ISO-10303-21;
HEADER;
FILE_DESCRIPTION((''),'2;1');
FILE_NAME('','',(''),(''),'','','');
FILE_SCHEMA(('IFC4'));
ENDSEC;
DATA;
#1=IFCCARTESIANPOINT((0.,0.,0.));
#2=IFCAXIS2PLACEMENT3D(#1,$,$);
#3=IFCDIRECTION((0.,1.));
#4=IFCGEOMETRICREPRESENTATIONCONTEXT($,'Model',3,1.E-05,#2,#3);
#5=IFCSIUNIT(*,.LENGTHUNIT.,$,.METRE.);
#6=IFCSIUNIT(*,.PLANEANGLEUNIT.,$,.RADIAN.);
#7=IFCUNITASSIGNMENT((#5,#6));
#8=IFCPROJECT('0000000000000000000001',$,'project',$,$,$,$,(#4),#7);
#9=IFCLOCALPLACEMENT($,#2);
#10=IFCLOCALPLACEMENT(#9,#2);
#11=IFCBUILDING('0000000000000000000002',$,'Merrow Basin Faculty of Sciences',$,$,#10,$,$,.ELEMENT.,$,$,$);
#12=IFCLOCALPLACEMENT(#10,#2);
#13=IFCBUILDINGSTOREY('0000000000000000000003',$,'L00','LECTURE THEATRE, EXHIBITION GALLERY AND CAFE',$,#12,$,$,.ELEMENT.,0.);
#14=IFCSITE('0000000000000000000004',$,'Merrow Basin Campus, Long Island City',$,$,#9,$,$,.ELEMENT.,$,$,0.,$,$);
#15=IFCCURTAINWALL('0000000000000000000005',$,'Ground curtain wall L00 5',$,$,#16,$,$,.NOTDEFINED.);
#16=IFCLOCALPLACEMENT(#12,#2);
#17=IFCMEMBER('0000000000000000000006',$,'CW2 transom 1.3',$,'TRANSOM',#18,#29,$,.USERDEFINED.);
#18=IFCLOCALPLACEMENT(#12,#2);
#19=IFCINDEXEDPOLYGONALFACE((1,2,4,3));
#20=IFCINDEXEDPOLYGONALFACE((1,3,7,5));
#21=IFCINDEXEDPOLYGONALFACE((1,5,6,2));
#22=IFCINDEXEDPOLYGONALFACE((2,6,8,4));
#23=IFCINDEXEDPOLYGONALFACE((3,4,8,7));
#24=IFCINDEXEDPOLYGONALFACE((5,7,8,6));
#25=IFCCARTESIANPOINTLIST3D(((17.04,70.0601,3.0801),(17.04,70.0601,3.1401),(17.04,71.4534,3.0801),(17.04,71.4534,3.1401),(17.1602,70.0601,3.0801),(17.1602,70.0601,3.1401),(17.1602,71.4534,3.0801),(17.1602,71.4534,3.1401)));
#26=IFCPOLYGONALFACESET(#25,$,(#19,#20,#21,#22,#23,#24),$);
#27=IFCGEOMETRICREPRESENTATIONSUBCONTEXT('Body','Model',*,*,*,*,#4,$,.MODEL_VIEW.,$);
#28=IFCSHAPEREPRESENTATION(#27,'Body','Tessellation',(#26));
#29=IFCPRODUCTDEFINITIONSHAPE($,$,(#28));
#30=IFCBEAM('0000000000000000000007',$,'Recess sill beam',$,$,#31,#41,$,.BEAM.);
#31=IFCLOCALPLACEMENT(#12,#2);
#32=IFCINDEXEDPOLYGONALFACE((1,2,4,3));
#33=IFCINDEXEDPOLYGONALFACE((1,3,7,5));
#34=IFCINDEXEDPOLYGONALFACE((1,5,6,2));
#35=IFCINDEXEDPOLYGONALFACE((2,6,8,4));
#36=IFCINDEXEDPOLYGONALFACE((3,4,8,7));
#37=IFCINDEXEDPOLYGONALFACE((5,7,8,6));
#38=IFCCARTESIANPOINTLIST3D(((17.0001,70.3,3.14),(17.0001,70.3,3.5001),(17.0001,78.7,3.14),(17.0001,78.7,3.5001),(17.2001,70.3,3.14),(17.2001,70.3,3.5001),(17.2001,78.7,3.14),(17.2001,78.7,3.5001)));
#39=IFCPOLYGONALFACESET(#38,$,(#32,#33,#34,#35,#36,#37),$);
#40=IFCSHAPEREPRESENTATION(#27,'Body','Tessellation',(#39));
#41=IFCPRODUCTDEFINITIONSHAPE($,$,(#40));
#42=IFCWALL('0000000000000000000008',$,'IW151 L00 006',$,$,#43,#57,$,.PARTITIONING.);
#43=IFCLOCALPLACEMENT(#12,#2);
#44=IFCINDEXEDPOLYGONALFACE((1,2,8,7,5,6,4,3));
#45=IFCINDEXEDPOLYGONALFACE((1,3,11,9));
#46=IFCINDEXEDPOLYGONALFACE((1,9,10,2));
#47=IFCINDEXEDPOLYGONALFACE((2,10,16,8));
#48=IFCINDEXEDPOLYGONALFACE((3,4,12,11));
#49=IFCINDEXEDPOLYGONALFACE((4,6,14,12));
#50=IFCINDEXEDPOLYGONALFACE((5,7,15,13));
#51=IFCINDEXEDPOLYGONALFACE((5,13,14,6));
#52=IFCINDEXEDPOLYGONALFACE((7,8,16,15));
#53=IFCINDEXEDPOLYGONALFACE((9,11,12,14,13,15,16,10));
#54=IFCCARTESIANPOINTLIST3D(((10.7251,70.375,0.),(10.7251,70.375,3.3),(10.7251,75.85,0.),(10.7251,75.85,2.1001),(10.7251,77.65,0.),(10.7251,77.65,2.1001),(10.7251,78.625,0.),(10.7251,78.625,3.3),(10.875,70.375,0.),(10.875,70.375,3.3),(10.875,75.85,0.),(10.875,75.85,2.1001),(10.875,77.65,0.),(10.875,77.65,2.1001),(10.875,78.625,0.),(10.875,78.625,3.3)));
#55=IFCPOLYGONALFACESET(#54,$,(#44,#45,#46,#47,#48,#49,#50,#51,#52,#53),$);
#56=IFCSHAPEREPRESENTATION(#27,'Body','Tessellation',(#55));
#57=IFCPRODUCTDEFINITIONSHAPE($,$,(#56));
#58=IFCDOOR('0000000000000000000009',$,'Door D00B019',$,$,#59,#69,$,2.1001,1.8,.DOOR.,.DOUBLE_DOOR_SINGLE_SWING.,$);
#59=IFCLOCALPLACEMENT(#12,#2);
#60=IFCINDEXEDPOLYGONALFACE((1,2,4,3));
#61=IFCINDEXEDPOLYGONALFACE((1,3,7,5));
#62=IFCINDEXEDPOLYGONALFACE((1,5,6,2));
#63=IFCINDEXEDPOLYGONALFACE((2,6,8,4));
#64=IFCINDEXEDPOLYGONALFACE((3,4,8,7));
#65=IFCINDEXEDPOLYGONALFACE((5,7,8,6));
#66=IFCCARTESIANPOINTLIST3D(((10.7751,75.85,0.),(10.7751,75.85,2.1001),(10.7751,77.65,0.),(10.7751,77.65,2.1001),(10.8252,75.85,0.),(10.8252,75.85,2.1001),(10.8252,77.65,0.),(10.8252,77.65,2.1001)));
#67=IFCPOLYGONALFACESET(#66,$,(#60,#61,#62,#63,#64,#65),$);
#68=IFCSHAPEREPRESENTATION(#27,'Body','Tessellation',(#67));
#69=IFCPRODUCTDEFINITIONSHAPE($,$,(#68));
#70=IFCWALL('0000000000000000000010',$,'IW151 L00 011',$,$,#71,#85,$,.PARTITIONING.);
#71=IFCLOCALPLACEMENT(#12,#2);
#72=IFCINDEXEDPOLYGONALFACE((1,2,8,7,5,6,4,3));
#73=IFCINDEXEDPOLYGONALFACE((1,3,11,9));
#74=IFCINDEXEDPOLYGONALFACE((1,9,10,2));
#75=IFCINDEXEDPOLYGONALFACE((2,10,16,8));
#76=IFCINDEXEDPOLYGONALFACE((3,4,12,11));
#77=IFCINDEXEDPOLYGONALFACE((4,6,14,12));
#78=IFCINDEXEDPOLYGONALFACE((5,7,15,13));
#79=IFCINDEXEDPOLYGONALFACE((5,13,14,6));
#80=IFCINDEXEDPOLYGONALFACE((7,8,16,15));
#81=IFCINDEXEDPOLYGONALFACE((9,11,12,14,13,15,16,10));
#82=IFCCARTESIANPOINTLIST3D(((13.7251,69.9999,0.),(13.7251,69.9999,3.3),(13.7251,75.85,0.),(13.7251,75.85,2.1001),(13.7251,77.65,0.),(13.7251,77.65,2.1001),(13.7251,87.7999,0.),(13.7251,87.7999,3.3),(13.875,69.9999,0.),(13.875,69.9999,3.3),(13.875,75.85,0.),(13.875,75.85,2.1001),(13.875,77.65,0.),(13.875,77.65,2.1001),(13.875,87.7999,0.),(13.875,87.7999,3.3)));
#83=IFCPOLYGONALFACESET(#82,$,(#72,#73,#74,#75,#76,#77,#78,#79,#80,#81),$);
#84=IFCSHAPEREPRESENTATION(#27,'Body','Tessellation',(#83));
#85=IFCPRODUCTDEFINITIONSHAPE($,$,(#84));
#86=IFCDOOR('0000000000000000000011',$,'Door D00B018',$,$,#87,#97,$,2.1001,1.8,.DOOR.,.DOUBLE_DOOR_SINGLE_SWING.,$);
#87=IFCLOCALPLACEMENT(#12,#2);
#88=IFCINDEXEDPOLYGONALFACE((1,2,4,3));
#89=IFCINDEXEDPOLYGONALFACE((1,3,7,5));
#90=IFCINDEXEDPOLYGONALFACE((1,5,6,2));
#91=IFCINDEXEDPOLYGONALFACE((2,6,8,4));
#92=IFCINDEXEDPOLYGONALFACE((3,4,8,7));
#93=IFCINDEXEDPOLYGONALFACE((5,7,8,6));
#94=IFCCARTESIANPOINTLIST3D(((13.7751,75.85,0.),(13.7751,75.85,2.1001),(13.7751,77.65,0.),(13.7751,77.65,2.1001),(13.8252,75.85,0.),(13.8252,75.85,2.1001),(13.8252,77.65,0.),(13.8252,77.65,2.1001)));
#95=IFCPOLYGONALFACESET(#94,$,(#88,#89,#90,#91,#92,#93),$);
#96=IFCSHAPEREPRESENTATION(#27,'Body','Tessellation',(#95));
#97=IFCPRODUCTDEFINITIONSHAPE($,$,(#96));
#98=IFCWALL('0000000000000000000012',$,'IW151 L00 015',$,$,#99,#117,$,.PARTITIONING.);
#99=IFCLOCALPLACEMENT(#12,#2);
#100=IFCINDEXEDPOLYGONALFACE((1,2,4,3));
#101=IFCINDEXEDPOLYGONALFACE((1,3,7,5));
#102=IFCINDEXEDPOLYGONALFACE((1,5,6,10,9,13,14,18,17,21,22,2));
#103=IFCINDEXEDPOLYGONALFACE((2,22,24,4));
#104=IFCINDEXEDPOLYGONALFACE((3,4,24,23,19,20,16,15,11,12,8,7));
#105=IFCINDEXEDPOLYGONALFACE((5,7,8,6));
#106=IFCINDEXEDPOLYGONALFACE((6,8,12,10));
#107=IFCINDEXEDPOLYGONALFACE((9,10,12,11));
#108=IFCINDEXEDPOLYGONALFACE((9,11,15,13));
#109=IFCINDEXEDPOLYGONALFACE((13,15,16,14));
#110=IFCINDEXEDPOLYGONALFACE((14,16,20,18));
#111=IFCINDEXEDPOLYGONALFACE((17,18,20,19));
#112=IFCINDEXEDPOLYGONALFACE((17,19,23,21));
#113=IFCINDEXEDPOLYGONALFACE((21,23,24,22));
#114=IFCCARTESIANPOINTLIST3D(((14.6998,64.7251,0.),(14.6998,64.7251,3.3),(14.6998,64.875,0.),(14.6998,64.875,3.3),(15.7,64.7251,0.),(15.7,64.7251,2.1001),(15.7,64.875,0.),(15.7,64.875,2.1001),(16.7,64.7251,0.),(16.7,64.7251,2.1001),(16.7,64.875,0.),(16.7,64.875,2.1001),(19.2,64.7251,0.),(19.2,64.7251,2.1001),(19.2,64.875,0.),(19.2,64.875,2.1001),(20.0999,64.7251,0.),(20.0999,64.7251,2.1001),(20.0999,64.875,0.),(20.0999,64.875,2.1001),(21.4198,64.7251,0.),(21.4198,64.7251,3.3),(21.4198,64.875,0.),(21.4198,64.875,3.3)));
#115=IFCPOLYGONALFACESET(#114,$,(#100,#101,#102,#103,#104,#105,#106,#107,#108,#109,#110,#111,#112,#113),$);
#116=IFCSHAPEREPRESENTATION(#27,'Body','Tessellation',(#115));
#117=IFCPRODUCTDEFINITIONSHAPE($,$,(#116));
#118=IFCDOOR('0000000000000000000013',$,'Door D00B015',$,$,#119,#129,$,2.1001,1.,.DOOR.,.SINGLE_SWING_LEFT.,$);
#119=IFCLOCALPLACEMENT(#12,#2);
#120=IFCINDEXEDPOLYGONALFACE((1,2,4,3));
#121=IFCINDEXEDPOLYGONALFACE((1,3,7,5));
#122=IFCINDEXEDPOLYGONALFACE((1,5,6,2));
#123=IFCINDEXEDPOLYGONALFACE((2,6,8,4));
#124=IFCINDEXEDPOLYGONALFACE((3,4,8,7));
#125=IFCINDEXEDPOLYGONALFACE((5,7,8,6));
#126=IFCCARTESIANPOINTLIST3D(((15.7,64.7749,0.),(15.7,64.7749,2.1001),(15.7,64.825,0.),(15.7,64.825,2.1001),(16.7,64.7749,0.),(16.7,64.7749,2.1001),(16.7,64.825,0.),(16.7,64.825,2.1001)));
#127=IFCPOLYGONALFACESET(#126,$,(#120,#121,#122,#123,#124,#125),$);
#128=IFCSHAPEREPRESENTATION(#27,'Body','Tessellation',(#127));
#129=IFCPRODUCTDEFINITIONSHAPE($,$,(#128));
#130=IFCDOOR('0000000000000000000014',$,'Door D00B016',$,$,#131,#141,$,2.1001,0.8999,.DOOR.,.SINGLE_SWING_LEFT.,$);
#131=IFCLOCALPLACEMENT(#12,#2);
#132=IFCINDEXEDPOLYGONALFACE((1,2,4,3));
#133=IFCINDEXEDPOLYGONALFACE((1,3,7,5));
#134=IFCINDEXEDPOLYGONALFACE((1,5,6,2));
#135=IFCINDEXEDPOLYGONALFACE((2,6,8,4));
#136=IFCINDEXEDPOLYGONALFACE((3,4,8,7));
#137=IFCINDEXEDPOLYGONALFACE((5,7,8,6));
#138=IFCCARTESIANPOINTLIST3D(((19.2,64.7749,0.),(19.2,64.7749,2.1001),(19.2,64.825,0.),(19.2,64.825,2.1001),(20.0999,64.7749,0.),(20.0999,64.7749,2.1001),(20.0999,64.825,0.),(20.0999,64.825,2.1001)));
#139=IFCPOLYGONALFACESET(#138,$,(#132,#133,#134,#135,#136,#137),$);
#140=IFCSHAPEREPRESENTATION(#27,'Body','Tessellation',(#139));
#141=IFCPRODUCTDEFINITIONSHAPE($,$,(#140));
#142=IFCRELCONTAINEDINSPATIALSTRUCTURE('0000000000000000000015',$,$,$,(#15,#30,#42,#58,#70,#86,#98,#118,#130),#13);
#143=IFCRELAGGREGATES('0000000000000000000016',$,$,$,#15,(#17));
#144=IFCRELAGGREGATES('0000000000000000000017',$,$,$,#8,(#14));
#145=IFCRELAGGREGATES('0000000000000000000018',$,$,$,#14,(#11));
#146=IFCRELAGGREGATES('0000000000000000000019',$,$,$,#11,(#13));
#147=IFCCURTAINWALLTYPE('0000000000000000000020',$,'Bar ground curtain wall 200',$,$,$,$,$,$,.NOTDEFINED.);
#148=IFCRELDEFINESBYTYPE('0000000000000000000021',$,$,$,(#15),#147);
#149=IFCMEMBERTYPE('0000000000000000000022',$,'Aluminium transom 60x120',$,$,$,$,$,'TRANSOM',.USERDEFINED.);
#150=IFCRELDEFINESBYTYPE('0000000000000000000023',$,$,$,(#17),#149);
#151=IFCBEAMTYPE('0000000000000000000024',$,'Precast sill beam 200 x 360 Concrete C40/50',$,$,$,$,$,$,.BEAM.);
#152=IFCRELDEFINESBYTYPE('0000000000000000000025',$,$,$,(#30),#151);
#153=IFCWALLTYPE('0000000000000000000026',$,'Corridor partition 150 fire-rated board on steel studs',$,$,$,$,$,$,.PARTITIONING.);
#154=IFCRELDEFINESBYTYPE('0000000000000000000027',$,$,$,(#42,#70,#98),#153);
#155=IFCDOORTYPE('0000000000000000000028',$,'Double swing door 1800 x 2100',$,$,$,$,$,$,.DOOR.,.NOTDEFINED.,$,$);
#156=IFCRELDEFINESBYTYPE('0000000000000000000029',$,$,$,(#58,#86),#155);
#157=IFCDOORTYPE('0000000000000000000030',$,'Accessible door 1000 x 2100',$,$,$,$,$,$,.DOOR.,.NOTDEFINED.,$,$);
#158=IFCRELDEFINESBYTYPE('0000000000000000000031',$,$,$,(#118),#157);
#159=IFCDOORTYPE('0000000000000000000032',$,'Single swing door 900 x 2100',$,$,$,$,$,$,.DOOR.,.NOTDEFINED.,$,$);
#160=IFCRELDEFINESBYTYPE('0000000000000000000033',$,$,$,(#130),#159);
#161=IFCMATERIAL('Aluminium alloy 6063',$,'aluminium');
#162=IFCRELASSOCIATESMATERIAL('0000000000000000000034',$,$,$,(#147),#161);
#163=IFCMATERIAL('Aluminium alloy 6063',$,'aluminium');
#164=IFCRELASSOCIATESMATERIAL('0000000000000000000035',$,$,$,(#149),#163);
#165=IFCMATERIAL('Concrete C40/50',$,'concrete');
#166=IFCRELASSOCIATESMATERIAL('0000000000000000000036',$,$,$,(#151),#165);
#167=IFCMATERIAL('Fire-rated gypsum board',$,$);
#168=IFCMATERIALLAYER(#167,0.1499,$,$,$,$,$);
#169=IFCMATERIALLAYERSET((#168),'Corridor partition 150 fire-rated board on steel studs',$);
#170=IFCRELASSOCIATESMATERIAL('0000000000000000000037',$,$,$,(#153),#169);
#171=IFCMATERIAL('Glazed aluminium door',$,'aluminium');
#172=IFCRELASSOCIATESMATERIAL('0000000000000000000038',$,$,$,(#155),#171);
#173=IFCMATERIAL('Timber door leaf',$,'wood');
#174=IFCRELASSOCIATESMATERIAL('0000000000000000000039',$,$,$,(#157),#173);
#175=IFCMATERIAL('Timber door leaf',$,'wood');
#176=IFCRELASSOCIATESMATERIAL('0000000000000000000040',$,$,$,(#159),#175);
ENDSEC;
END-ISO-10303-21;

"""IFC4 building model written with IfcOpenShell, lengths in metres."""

from ifc_helpers import new_model, si_unit, direction, frame, frame_2d, origin, origin_2d, place, context, subcontext, project, spatial, rectangle, extrude, material, layer, layer_set, material_profile, profile_set, type_object, element, fill, aggregate, save


model = new_model("IFC4")

# Units and contexts
model_context = context("Model", 3, precision=1e-05, world=origin(), true_north=direction((0.0, 1.0)))
body_context = subcontext(model_context, "Body", "Model", "MODEL_VIEW")
ifc_project = project(units=[si_unit("LENGTHUNIT", "METRE"), si_unit("PLANEANGLEUNIT", "RADIAN")], contexts=[model_context])

# Site, building, storey
site_placement = place(None, origin())
site = spatial("IfcSite", under=ifc_project, at=site_placement, Name="Merrow Basin Campus, Long Island City", CompositionType="ELEMENT", RefElevation=0.0)
building_placement = place(site_placement, origin())
building = spatial("IfcBuilding", under=site, at=building_placement, Name="Merrow Basin Faculty of Sciences", CompositionType="ELEMENT")
storey_placement = place(building_placement, origin())
storey = spatial("IfcBuildingStorey", under=building, at=storey_placement, Name="L00", Description="LECTURE THEATRE, EXHIBITION GALLERY AND CAFE", CompositionType="ELEMENT", Elevation=0.0)

# Curtain wall, member
ifc_material_1 = material(Name="Aluminium alloy 6063", Category="aluminium")
curtain_wall_type = type_object("IfcCurtainWallType", Name="Bar ground curtain wall 200", PredefinedType="NOTDEFINED", material=ifc_material_1)
curtain_wall_placement = place(storey_placement, origin())
curtain_wall = element("IfcCurtainWall", 1, at=curtain_wall_placement, inside=storey, type_object=curtain_wall_type, Name="Ground curtain wall L00 5", PredefinedType="NOTDEFINED")
ifc_material_2 = material(Name="Aluminium alloy 6063", Category="aluminium")
ifc_material_profile_1 = material_profile(ifc_material_2, rectangle(XDim=0.1201, YDim=0.0601, at=origin_2d()))
ifc_profile_set_1 = profile_set([ifc_material_profile_1], Name="Aluminium alloy 6063")
member_type_1 = type_object("IfcMemberType", Name="Aluminium transom 60x120", ElementType="TRANSOM", PredefinedType="USERDEFINED", material=ifc_profile_set_1)
member_1_placement = place(storey_placement, frame((17.1001, 70.0601, 3.1101), z_axis=(0.0, 1.0, 0.0), x_axis=(-1.0, 0.0, 0.0)))
member_1 = element("IfcMember", 2, at=member_1_placement, type_object=member_type_1, Name="CW2 transom 1.3", ObjectType="TRANSOM", PredefinedType="USERDEFINED", context=body_context, shape_type="SweptSolid", body=[
    extrude(rectangle(XDim=0.1201, YDim=0.0601, at=origin_2d()), origin(), (0.0, 0.0, 1.0), 1.3933),
])
aggregate(curtain_wall, [member_1])

# Beam
ifc_material_3 = material(Name="Concrete C40/50", Category="concrete")
ifc_material_profile_2 = material_profile(ifc_material_3, rectangle(XDim=0.2, YDim=0.3601, at=origin_2d()))
ifc_profile_set_2 = profile_set([ifc_material_profile_2], Name="Concrete C40/50")
beam_type = type_object("IfcBeamType", Name="Precast sill beam 200 x 360 Concrete C40/50", PredefinedType="BEAM", material=ifc_profile_set_2)
beam_placement = place(storey_placement, frame((17.1001, 70.3, 3.3201), z_axis=(0.0, 1.0, 0.0), x_axis=(-1.0, 0.0, 0.0)))
element("IfcBeam", 3, at=beam_placement, inside=storey, type_object=beam_type, Name="Recess sill beam", PredefinedType="BEAM", context=body_context, shape_type="SweptSolid", body=[
    extrude(rectangle(XDim=0.2, YDim=0.3601, at=origin_2d()), origin(), (0.0, 0.0, 1.0), 8.3999),
])

# Walls, openings, doors
ifc_material_4 = material(Name="Fire-rated gypsum board")
ifc_layer_1 = layer(ifc_material_4, 0.1499)
ifc_layer_set_1 = layer_set([ifc_layer_1], Name="Corridor partition 150 fire-rated board on steel studs")
wall_type_1 = type_object("IfcWallType", Name="Corridor partition 150 fire-rated board on steel studs", PredefinedType="PARTITIONING", material=ifc_layer_set_1)
wall_1_placement = place(storey_placement, frame((10.8, 70.375, 0.0), z_axis=(0.0, 0.0, 1.0), x_axis=(0.0, 1.0, 0.0)))
wall_1 = element("IfcWall", 4, at=wall_1_placement, inside=storey, type_object=wall_type_1, Name="IW151 L00 006", PredefinedType="PARTITIONING", context=body_context, shape_type="SweptSolid", body=[
    extrude(rectangle(XDim=8.25, YDim=0.1499, at=frame_2d((4.125, 0.0))), origin(), (0.0, 0.0, 1.0), 3.3),
])
opening_1_placement = place(wall_1_placement, frame((5.4751, 0.0, 0.0)))
opening_1 = element("IfcOpeningElement", 5, at=opening_1_placement, cuts=wall_1, PredefinedType="OPENING", context=body_context, shape_type="SweptSolid", body=[
    extrude(rectangle(XDim=1.8, YDim=2.1001, at=frame_2d((0.8999, 1.05))), frame((0.0, 0.085, 0.0), z_axis=(0.0, -1.0, 0.0), x_axis=(1.0, 0.0, 0.0)), (0.0, 0.0, 1.0), 0.1699),
])
ifc_material_5 = material(Name="Glazed aluminium door", Category="aluminium")
door_type_1 = type_object("IfcDoorType", Name="Double swing door 1800 x 2100", OperationType="NOTDEFINED", PredefinedType="DOOR", material=ifc_material_5)
door_1_placement = place(opening_1_placement, origin())
door_1 = element("IfcDoor", 6, at=door_1_placement, inside=storey, type_object=door_type_1, Name="Door D00B019", OperationType="DOUBLE_DOOR_SINGLE_SWING", OverallHeight=2.1001, OverallWidth=1.8, PredefinedType="DOOR", context=body_context, shape_type="SweptSolid", body=[
    extrude(rectangle(XDim=1.8, YDim=2.1001, at=frame_2d((0.8999, 1.05))), frame((0.0, 0.0249, 0.0), z_axis=(0.0, -1.0, 0.0), x_axis=(1.0, 0.0, 0.0)), (0.0, 0.0, 1.0), 0.05),
])
fill(opening_1, door_1)
wall_2_placement = place(storey_placement, frame((13.8, 70.0, 0.0), z_axis=(0.0, 0.0, 1.0), x_axis=(0.0, 1.0, 0.0)))
wall_2 = element("IfcWall", 7, at=wall_2_placement, inside=storey, type_object=wall_type_1, Name="IW151 L00 011", PredefinedType="PARTITIONING", context=body_context, shape_type="SweptSolid", body=[
    extrude(rectangle(XDim=17.8, YDim=0.1499, at=frame_2d((8.8999, 0.0))), origin(), (0.0, 0.0, 1.0), 3.3),
])
opening_2_placement = place(wall_2_placement, frame((5.8501, 0.0, 0.0)))
opening_2 = element("IfcOpeningElement", 8, at=opening_2_placement, cuts=wall_2, PredefinedType="OPENING", context=body_context, shape_type="SweptSolid", body=[
    extrude(rectangle(XDim=1.8, YDim=2.1001, at=frame_2d((0.8999, 1.05))), frame((0.0, 0.085, 0.0), z_axis=(0.0, -1.0, 0.0), x_axis=(1.0, 0.0, 0.0)), (0.0, 0.0, 1.0), 0.1699),
])
door_2_placement = place(opening_2_placement, origin())
door_2 = element("IfcDoor", 9, at=door_2_placement, inside=storey, type_object=door_type_1, Name="Door D00B018", OperationType="DOUBLE_DOOR_SINGLE_SWING", OverallHeight=2.1001, OverallWidth=1.8, PredefinedType="DOOR", context=body_context, shape_type="SweptSolid", body=[
    extrude(rectangle(XDim=1.8, YDim=2.1001, at=frame_2d((0.8999, 1.05))), frame((0.0, 0.0249, 0.0), z_axis=(0.0, -1.0, 0.0), x_axis=(1.0, 0.0, 0.0)), (0.0, 0.0, 1.0), 0.05),
])
fill(opening_2, door_2)

# Wall, openings, doors
wall_3_placement = place(storey_placement, frame((14.7, 64.8, 0.0), z_axis=(0.0, 0.0, 1.0), x_axis=(1.0, 0.0, 0.0)))
wall_3 = element("IfcWall", 10, at=wall_3_placement, inside=storey, type_object=wall_type_1, Name="IW151 L00 015", PredefinedType="PARTITIONING", context=body_context, shape_type="SweptSolid", body=[
    extrude(rectangle(XDim=6.72, YDim=0.1499, at=frame_2d((3.3599, 0.0))), origin(), (0.0, 0.0, 1.0), 3.3),
])
opening_3_placement = place(wall_3_placement, frame((1.0, 0.0, 0.0)))
opening_3 = element("IfcOpeningElement", 11, at=opening_3_placement, cuts=wall_3, PredefinedType="OPENING", context=body_context, shape_type="SweptSolid", body=[
    extrude(rectangle(XDim=1.0, YDim=2.1001, at=frame_2d((0.5, 1.05))), frame((0.0, 0.085, 0.0), z_axis=(0.0, -1.0, 0.0), x_axis=(1.0, 0.0, 0.0)), (0.0, 0.0, 1.0), 0.1699),
])
opening_4_placement = place(wall_3_placement, frame((4.5, 0.0, 0.0)))
opening_4 = element("IfcOpeningElement", 12, at=opening_4_placement, cuts=wall_3, PredefinedType="OPENING", context=body_context, shape_type="SweptSolid", body=[
    extrude(rectangle(XDim=0.8999, YDim=2.1001, at=frame_2d((0.45, 1.05))), frame((0.0, 0.085, 0.0), z_axis=(0.0, -1.0, 0.0), x_axis=(1.0, 0.0, 0.0)), (0.0, 0.0, 1.0), 0.1699),
])
ifc_material_6 = material(Name="Timber door leaf", Category="wood")
door_type_2 = type_object("IfcDoorType", Name="Accessible door 1000 x 2100", OperationType="NOTDEFINED", PredefinedType="DOOR", material=ifc_material_6)
door_3_placement = place(opening_3_placement, origin())
door_3 = element("IfcDoor", 13, at=door_3_placement, inside=storey, type_object=door_type_2, Name="Door D00B015", OperationType="SINGLE_SWING_LEFT", OverallHeight=2.1001, OverallWidth=1.0, PredefinedType="DOOR", context=body_context, shape_type="SweptSolid", body=[
    extrude(rectangle(XDim=1.0, YDim=2.1001, at=frame_2d((0.5, 1.05))), frame((0.0, 0.0249, 0.0), z_axis=(0.0, -1.0, 0.0), x_axis=(1.0, 0.0, 0.0)), (0.0, 0.0, 1.0), 0.05),
])
fill(opening_3, door_3)
ifc_material_7 = material(Name="Timber door leaf", Category="wood")
door_type_3 = type_object("IfcDoorType", Name="Single swing door 900 x 2100", OperationType="NOTDEFINED", PredefinedType="DOOR", material=ifc_material_7)
door_4_placement = place(opening_4_placement, origin())
door_4 = element("IfcDoor", 14, at=door_4_placement, inside=storey, type_object=door_type_3, Name="Door D00B016", OperationType="SINGLE_SWING_LEFT", OverallHeight=2.1001, OverallWidth=0.8999, PredefinedType="DOOR", context=body_context, shape_type="SweptSolid", body=[
    extrude(rectangle(XDim=0.8999, YDim=2.1001, at=frame_2d((0.45, 1.05))), frame((0.0, 0.0249, 0.0), z_axis=(0.0, -1.0, 0.0), x_axis=(1.0, 0.0, 0.0)), (0.0, 0.0, 1.0), 0.05),
])
fill(opening_4, door_4)

save(model, "model.ifc")
